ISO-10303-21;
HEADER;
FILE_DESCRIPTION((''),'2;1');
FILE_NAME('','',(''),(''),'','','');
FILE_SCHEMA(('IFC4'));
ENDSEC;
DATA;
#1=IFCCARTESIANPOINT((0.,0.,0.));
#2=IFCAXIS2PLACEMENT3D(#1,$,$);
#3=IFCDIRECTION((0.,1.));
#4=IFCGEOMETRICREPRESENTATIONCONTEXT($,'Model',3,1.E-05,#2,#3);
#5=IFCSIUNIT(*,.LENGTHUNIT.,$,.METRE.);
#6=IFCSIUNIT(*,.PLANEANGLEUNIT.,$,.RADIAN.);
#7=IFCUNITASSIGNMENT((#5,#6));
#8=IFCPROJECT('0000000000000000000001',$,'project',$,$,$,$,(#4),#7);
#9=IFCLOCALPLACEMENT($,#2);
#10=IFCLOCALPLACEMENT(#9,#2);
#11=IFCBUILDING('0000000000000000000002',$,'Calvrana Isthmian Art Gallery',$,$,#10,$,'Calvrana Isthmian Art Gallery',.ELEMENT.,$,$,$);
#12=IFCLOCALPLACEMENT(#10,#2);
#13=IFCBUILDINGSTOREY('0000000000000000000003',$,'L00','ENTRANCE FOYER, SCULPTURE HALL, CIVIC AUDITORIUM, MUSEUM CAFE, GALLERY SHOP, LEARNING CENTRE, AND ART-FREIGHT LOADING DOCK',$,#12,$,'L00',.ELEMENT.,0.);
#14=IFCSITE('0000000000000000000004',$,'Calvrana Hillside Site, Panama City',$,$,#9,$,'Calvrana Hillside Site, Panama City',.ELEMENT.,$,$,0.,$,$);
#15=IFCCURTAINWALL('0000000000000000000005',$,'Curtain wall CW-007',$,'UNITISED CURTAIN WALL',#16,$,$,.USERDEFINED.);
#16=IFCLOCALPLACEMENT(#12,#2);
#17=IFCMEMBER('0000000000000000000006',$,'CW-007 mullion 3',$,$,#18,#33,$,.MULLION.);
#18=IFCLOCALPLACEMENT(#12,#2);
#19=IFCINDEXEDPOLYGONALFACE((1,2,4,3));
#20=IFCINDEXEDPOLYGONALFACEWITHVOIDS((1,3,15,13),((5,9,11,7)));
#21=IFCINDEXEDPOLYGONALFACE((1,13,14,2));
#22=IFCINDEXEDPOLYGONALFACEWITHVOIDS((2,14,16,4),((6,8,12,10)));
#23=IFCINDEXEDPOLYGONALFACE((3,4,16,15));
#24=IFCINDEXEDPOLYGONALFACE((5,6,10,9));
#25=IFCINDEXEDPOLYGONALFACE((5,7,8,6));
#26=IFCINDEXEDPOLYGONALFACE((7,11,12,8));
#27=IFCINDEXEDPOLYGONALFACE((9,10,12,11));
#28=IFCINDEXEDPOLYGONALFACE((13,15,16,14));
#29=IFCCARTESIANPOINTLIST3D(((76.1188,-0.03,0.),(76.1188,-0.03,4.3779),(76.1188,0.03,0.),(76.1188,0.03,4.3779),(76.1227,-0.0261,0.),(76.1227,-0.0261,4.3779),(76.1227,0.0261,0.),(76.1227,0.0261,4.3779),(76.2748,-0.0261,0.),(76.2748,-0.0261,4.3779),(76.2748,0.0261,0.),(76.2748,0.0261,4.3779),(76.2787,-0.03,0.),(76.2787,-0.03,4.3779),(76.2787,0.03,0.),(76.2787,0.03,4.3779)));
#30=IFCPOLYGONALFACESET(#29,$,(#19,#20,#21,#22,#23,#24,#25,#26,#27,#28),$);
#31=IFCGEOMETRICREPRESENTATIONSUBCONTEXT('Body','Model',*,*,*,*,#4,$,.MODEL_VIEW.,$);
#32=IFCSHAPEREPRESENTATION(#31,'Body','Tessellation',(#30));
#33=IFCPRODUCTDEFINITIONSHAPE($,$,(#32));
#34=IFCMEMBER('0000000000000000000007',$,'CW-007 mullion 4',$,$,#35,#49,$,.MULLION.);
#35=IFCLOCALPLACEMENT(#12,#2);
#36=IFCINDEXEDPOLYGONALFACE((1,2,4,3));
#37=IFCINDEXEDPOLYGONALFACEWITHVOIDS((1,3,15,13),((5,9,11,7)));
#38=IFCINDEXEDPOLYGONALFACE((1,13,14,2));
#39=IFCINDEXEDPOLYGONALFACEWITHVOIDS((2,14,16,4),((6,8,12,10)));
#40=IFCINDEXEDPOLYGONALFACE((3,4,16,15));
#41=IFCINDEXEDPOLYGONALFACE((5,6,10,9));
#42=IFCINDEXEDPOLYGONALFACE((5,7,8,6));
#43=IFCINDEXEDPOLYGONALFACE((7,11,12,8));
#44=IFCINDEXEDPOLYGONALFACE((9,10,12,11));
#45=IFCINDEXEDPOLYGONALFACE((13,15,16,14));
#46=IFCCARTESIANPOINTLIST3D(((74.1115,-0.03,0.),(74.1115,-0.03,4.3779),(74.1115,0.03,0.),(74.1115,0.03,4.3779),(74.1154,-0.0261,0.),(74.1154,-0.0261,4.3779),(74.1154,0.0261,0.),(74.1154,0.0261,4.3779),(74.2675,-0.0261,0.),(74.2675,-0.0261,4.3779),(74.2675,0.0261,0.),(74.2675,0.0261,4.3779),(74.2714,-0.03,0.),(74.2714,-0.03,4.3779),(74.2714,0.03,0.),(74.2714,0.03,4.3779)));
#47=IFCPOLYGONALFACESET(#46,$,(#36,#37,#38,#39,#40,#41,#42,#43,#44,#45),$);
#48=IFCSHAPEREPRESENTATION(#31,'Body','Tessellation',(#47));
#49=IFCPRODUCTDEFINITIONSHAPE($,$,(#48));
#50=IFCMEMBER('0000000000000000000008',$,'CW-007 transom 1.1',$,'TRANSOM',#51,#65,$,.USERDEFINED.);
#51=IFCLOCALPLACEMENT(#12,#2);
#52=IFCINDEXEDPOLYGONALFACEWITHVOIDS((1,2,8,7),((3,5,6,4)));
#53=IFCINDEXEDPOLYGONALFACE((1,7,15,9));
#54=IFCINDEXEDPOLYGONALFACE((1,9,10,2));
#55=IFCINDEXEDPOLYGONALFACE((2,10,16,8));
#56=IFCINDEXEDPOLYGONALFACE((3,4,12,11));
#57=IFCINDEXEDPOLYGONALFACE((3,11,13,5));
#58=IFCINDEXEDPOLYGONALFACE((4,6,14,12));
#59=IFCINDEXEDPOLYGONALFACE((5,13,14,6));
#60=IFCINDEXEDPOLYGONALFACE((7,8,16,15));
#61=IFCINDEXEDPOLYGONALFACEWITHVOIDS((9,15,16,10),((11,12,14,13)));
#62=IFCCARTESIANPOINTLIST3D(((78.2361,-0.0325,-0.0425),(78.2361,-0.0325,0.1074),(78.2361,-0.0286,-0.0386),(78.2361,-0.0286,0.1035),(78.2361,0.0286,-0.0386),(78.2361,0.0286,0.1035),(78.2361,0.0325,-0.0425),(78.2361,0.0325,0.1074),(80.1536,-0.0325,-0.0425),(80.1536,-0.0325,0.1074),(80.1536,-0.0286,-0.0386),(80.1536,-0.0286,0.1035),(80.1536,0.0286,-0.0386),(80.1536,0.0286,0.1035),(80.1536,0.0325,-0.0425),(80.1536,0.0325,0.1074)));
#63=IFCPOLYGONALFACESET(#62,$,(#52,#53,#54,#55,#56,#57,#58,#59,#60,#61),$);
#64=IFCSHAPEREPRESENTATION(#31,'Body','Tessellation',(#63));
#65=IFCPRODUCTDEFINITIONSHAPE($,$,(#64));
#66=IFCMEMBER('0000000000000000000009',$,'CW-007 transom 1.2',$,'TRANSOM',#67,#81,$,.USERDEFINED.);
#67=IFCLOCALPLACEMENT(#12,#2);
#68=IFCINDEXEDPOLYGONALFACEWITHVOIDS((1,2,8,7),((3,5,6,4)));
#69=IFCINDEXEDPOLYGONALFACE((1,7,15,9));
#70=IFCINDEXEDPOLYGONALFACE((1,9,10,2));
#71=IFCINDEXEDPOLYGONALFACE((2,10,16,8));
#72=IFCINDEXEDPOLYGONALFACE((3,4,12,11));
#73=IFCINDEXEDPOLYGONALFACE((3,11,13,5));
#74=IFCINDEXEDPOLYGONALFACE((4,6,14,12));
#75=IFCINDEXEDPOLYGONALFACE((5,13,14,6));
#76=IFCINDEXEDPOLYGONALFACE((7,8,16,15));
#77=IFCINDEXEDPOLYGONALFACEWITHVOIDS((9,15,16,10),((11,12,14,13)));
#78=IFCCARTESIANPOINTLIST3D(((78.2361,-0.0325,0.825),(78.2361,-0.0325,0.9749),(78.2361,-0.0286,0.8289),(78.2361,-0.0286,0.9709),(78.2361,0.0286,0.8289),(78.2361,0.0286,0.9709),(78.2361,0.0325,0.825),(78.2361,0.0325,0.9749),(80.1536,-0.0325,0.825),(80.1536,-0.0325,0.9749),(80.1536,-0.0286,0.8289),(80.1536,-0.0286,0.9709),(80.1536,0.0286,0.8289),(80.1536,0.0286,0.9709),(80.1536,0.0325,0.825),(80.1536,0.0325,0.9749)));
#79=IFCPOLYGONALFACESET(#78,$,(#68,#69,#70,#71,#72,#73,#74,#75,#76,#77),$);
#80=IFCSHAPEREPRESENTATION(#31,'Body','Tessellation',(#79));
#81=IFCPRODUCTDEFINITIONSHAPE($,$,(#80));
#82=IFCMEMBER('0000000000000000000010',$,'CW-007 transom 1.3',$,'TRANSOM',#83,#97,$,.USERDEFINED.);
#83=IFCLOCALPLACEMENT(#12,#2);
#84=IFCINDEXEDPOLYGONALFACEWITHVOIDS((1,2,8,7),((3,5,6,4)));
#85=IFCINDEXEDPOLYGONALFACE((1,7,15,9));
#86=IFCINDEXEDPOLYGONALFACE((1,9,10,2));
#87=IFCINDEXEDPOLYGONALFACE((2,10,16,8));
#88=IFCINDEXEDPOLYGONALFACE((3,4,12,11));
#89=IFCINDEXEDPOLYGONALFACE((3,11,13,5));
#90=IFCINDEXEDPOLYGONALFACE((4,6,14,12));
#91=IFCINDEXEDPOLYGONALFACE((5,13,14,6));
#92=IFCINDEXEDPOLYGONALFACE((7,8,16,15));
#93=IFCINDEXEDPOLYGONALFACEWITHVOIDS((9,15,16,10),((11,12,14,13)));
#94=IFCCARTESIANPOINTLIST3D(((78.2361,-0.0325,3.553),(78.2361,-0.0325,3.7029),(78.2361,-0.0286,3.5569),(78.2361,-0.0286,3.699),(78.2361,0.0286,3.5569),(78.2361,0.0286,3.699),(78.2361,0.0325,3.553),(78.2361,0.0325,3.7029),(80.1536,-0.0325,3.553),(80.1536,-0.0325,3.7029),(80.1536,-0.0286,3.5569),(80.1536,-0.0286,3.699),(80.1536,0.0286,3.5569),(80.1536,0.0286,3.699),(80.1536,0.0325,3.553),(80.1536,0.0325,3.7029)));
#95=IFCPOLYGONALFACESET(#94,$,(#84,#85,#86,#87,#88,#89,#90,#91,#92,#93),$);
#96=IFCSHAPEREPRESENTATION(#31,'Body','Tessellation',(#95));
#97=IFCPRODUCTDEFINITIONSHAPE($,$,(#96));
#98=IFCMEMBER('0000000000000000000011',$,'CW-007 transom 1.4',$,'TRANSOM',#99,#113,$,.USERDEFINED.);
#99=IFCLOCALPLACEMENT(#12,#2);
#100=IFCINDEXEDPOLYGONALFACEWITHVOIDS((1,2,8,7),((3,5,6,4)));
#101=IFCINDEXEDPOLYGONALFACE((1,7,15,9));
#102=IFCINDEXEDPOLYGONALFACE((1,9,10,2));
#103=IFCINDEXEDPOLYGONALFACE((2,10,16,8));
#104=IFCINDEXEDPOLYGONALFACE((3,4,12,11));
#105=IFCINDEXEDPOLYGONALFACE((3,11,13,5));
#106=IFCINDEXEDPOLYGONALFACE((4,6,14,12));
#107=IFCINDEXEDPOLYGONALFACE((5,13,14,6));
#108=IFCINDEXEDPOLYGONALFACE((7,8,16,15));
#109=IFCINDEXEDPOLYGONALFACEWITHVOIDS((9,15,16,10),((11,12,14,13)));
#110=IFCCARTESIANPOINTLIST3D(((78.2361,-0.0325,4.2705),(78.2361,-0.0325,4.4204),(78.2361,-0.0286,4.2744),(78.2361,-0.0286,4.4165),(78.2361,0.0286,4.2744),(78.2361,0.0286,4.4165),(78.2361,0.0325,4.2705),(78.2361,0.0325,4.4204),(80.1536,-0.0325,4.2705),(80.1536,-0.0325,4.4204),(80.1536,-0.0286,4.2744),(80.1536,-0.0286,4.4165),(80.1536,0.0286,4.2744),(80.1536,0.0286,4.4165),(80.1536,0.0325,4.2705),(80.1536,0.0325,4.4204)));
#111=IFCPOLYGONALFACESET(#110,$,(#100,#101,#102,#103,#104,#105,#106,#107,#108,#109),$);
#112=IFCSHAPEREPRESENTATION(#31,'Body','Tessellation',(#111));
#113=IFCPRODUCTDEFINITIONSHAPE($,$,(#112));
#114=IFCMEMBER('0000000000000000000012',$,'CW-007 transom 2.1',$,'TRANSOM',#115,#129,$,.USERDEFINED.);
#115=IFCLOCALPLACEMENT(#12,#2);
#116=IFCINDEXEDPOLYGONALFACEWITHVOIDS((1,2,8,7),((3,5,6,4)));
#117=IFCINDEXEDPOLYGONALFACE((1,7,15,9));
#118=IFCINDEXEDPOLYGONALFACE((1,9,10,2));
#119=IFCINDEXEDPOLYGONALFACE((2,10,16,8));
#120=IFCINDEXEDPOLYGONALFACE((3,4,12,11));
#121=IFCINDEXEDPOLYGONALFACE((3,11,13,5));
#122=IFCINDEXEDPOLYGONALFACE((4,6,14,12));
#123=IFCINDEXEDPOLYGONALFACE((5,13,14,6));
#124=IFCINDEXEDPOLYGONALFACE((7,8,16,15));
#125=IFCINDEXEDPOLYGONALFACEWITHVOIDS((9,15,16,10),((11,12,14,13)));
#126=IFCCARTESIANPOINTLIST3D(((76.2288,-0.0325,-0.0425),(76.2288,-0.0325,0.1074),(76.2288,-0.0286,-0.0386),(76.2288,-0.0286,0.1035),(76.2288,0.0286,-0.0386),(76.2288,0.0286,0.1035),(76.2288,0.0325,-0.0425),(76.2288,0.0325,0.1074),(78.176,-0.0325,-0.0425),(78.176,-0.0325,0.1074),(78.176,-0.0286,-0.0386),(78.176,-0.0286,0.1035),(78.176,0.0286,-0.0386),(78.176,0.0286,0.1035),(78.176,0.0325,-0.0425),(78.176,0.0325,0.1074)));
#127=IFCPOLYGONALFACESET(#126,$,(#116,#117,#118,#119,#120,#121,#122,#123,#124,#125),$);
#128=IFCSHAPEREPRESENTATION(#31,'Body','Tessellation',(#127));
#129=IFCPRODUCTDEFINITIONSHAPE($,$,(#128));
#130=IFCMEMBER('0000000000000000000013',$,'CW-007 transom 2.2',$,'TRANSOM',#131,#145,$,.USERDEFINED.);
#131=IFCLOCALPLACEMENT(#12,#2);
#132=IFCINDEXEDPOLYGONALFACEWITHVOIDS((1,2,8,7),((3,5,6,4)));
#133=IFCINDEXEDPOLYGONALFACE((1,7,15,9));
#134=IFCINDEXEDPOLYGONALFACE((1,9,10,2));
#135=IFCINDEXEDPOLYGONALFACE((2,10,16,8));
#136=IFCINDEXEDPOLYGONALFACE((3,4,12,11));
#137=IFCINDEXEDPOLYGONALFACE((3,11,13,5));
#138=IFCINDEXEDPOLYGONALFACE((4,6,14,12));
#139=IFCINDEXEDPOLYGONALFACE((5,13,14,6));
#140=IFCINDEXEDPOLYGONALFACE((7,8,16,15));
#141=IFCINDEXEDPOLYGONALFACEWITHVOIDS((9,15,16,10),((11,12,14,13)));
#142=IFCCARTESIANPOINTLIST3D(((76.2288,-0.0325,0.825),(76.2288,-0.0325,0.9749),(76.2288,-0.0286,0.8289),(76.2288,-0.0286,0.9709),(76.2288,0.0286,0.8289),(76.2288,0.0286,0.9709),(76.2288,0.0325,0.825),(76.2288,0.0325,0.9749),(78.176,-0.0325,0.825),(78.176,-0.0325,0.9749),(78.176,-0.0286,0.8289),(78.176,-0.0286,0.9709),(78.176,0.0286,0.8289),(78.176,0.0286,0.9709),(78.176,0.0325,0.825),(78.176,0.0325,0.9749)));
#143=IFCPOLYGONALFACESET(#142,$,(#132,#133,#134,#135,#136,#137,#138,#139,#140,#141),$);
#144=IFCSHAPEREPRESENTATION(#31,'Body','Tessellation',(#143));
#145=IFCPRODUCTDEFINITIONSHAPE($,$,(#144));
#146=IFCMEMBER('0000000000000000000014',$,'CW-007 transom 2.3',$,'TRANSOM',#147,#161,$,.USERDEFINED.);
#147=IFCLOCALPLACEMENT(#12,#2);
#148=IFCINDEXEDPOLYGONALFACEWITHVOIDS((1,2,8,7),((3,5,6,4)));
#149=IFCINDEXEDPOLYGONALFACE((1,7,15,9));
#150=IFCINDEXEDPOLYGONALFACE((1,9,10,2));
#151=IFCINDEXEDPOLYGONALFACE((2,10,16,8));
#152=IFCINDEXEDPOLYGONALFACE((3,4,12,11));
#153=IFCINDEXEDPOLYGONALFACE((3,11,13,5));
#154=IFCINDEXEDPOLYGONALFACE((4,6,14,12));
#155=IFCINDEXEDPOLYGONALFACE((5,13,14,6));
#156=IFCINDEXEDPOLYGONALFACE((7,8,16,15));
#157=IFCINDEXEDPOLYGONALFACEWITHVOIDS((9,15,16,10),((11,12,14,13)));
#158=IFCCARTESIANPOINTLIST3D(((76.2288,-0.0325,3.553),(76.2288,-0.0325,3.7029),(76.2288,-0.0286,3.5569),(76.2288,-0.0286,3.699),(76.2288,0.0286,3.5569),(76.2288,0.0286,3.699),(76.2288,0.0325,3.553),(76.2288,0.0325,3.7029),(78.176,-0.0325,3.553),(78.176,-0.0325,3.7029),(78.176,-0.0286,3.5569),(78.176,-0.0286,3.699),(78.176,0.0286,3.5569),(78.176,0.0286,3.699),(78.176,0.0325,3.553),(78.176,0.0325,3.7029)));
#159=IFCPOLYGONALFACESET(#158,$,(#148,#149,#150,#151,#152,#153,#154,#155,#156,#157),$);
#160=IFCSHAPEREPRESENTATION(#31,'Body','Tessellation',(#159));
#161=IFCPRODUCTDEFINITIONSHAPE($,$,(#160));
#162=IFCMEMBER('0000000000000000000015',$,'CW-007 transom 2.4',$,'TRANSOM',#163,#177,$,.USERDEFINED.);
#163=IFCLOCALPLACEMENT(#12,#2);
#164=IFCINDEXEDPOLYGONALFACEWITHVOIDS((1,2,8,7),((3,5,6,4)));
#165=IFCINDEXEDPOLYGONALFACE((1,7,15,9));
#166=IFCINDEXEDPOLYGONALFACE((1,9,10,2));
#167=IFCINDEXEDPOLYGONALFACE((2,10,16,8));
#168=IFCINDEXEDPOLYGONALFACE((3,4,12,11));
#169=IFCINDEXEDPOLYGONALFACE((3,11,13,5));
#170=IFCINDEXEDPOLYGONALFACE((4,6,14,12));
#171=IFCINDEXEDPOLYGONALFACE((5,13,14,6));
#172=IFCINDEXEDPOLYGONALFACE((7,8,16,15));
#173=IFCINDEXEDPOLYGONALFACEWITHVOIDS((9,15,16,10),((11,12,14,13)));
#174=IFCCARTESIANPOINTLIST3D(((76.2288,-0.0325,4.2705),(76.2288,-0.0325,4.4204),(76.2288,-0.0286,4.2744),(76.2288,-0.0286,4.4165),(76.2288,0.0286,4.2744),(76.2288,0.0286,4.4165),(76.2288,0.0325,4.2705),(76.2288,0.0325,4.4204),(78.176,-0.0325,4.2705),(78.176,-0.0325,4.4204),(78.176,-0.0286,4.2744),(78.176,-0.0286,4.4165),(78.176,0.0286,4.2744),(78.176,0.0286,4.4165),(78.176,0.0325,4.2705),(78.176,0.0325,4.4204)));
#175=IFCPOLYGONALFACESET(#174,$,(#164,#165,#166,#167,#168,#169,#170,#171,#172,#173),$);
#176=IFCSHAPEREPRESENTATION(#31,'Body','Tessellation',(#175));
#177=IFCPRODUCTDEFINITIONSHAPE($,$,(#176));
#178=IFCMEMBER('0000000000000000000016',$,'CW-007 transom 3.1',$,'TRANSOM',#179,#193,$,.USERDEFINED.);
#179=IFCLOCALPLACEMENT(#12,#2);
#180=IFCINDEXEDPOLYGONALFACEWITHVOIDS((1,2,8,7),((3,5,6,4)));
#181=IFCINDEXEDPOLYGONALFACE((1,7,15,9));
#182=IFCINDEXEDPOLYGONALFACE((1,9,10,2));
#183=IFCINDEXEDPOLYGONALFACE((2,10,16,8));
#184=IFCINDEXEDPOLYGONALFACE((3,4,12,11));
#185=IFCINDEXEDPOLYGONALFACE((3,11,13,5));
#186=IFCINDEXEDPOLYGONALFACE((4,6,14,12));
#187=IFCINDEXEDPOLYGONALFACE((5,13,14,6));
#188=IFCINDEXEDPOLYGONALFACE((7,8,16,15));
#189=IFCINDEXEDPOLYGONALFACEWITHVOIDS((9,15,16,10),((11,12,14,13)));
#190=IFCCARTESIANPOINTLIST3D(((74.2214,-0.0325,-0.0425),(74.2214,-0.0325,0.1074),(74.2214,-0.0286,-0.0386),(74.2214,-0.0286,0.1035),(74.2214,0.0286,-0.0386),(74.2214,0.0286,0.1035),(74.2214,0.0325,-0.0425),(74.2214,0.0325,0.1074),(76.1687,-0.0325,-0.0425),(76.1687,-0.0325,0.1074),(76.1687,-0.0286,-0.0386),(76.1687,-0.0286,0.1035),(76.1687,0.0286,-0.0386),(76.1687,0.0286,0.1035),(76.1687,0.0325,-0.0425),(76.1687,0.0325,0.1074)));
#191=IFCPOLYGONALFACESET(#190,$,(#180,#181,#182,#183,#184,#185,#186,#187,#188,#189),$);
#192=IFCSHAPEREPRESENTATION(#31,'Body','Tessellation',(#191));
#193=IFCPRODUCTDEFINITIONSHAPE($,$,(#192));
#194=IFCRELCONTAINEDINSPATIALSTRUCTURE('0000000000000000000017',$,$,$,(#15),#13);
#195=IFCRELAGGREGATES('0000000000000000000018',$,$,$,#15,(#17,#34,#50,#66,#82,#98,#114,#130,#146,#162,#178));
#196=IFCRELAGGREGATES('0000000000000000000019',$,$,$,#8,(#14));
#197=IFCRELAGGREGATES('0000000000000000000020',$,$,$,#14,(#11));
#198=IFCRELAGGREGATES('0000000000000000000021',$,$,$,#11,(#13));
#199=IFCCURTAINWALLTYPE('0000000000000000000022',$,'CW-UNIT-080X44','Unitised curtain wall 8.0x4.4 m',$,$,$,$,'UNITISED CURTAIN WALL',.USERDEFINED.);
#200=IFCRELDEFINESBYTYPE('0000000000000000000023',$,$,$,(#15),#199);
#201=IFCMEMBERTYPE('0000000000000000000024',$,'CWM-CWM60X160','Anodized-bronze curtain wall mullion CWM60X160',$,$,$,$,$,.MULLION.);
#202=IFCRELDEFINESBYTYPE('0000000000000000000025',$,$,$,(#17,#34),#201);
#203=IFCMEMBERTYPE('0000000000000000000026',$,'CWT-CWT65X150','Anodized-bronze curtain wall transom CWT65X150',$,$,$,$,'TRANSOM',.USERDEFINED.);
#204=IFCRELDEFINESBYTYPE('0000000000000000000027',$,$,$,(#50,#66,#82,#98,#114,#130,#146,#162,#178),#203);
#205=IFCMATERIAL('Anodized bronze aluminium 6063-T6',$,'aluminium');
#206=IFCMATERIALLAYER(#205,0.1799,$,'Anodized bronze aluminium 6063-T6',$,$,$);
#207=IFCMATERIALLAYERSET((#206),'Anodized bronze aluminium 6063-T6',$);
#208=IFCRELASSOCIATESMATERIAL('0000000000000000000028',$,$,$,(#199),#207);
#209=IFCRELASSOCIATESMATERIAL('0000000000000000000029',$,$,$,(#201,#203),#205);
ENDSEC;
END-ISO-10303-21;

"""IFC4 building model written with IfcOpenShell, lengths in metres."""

from ifc_helpers import new_model, si_unit, direction, frame, origin, origin_2d, place, context, subcontext, project, spatial, hollow_rectangle, extrude, material, layer, layer_set, material_profile, profile_set, type_object, element, aggregate, save


model = new_model("IFC4")

# Units and contexts
model_context = context("Model", 3, precision=1e-05, world=origin(), true_north=direction((0.0, 1.0)))
body_context = subcontext(model_context, "Body", "Model", "MODEL_VIEW")
ifc_project = project(units=[si_unit("LENGTHUNIT", "METRE"), si_unit("PLANEANGLEUNIT", "RADIAN")], contexts=[model_context])

# Site, building, storey
site_placement = place(None, origin())
site = spatial("IfcSite", under=ifc_project, at=site_placement, Name="Calvrana Hillside Site, Panama City", LongName="Calvrana Hillside Site, Panama City", CompositionType="ELEMENT", RefElevation=0.0)
building_placement = place(site_placement, origin())
building = spatial("IfcBuilding", under=site, at=building_placement, Name="Calvrana Isthmian Art Gallery", LongName="Calvrana Isthmian Art Gallery", CompositionType="ELEMENT")
storey_placement = place(building_placement, origin())
storey = spatial("IfcBuildingStorey", under=building, at=storey_placement, Name="L00", Description="ENTRANCE FOYER, SCULPTURE HALL, CIVIC AUDITORIUM, MUSEUM CAFE, GALLERY SHOP, LEARNING CENTRE, AND ART-FREIGHT LOADING DOCK", LongName="L00", CompositionType="ELEMENT", Elevation=0.0)

# Curtain wall, members
ifc_material_1 = material(Name="Anodized bronze aluminium 6063-T6", Category="aluminium")
ifc_layer_1 = layer(ifc_material_1, 0.1799, Name="Anodized bronze aluminium 6063-T6")
ifc_layer_set_1 = layer_set([ifc_layer_1], Name="Anodized bronze aluminium 6063-T6")
curtain_wall_type = type_object("IfcCurtainWallType", Name="CW-UNIT-080X44", Description="Unitised curtain wall 8.0x4.4 m", ElementType="UNITISED CURTAIN WALL", PredefinedType="USERDEFINED", material=ifc_layer_set_1)
curtain_wall_placement = place(storey_placement, origin())
curtain_wall = element("IfcCurtainWall", 1, at=curtain_wall_placement, inside=storey, type_object=curtain_wall_type, Name="Curtain wall CW-007", ObjectType="UNITISED CURTAIN WALL", PredefinedType="USERDEFINED")
ifc_material_profile_1 = material_profile(ifc_material_1, hollow_rectangle(XDim=0.0601, YDim=0.1599, WallThickness=0.0039, at=origin_2d()), Name="CWM60X160")
ifc_profile_set_1 = profile_set([ifc_material_profile_1], Name="Anodized bronze aluminium 6063-T6")
member_type_1 = type_object("IfcMemberType", Name="CWM-CWM60X160", Description="Anodized-bronze curtain wall mullion CWM60X160", PredefinedType="MULLION", material=ifc_profile_set_1)
member_1_placement = place(storey_placement, frame((76.1987, 0.0, 0.0), z_axis=(0.0, 0.0, 1.0), x_axis=(0.0, -1.0, 0.0)))
member_1 = element("IfcMember", 2, at=member_1_placement, type_object=member_type_1, Name="CW-007 mullion 3", PredefinedType="MULLION", context=body_context, shape_type="SweptSolid", body=[
    extrude(hollow_rectangle(XDim=0.0601, YDim=0.1599, WallThickness=0.0039, at=origin_2d()), origin(), (0.0, 0.0, 1.0), 4.3779),
])
member_2_placement = place(storey_placement, frame((74.1914, 0.0, 0.0), z_axis=(0.0, 0.0, 1.0), x_axis=(0.0, -1.0, 0.0)))
member_2 = element("IfcMember", 3, at=member_2_placement, type_object=member_type_1, Name="CW-007 mullion 4", PredefinedType="MULLION", context=body_context, shape_type="SweptSolid", body=[
    extrude(hollow_rectangle(XDim=0.0601, YDim=0.1599, WallThickness=0.0039, at=origin_2d()), origin(), (0.0, 0.0, 1.0), 4.3779),
])
ifc_material_profile_2 = material_profile(ifc_material_1, hollow_rectangle(XDim=0.0649, YDim=0.1499, WallThickness=0.0039, at=origin_2d()), Name="CWT65X150")
ifc_profile_set_2 = profile_set([ifc_material_profile_2], Name="Anodized bronze aluminium 6063-T6")
member_type_2 = type_object("IfcMemberType", Name="CWT-CWT65X150", Description="Anodized-bronze curtain wall transom CWT65X150", ElementType="TRANSOM", PredefinedType="USERDEFINED", material=ifc_profile_set_2)
member_3_placement = place(storey_placement, frame((80.1536, 0.0, 0.0325), z_axis=(-1.0, 0.0, 0.0), x_axis=(0.0, -1.0, 0.0)))
member_3 = element("IfcMember", 4, at=member_3_placement, type_object=member_type_2, Name="CW-007 transom 1.1", ObjectType="TRANSOM", PredefinedType="USERDEFINED", context=body_context, shape_type="SweptSolid", body=[
    extrude(hollow_rectangle(XDim=0.0649, YDim=0.1499, WallThickness=0.0039, at=origin_2d()), origin(), (0.0, 0.0, 1.0), 1.9175),
])
member_4_placement = place(storey_placement, frame((80.1536, 0.0, 0.8999), z_axis=(-1.0, 0.0, 0.0), x_axis=(0.0, -1.0, 0.0)))
member_4 = element("IfcMember", 5, at=member_4_placement, type_object=member_type_2, Name="CW-007 transom 1.2", ObjectType="TRANSOM", PredefinedType="USERDEFINED", context=body_context, shape_type="SweptSolid", body=[
    extrude(hollow_rectangle(XDim=0.0649, YDim=0.1499, WallThickness=0.0039, at=origin_2d()), origin(), (0.0, 0.0, 1.0), 1.9175),
])
member_5_placement = place(storey_placement, frame((80.1536, 0.0, 3.6279), z_axis=(-1.0, 0.0, 0.0), x_axis=(0.0, -1.0, 0.0)))
member_5 = element("IfcMember", 6, at=member_5_placement, type_object=member_type_2, Name="CW-007 transom 1.3", ObjectType="TRANSOM", PredefinedType="USERDEFINED", context=body_context, shape_type="SweptSolid", body=[
    extrude(hollow_rectangle(XDim=0.0649, YDim=0.1499, WallThickness=0.0039, at=origin_2d()), origin(), (0.0, 0.0, 1.0), 1.9175),
])
member_6_placement = place(storey_placement, frame((80.1536, 0.0, 4.3455), z_axis=(-1.0, 0.0, 0.0), x_axis=(0.0, -1.0, 0.0)))
member_6 = element("IfcMember", 7, at=member_6_placement, type_object=member_type_2, Name="CW-007 transom 1.4", ObjectType="TRANSOM", PredefinedType="USERDEFINED", context=body_context, shape_type="SweptSolid", body=[
    extrude(hollow_rectangle(XDim=0.0649, YDim=0.1499, WallThickness=0.0039, at=origin_2d()), origin(), (0.0, 0.0, 1.0), 1.9175),
])
member_7_placement = place(storey_placement, frame((78.176, 0.0, 0.0325), z_axis=(-1.0, 0.0, 0.0), x_axis=(0.0, -1.0, 0.0)))
member_7 = element("IfcMember", 8, at=member_7_placement, type_object=member_type_2, Name="CW-007 transom 2.1", ObjectType="TRANSOM", PredefinedType="USERDEFINED", context=body_context, shape_type="SweptSolid", body=[
    extrude(hollow_rectangle(XDim=0.0649, YDim=0.1499, WallThickness=0.0039, at=origin_2d()), origin(), (0.0, 0.0, 1.0), 1.9473),
])
member_8_placement = place(storey_placement, frame((78.176, 0.0, 0.8999), z_axis=(-1.0, 0.0, 0.0), x_axis=(0.0, -1.0, 0.0)))
member_8 = element("IfcMember", 9, at=member_8_placement, type_object=member_type_2, Name="CW-007 transom 2.2", ObjectType="TRANSOM", PredefinedType="USERDEFINED", context=body_context, shape_type="SweptSolid", body=[
    extrude(hollow_rectangle(XDim=0.0649, YDim=0.1499, WallThickness=0.0039, at=origin_2d()), origin(), (0.0, 0.0, 1.0), 1.9473),
])
member_9_placement = place(storey_placement, frame((78.176, 0.0, 3.6279), z_axis=(-1.0, 0.0, 0.0), x_axis=(0.0, -1.0, 0.0)))
member_9 = element("IfcMember", 10, at=member_9_placement, type_object=member_type_2, Name="CW-007 transom 2.3", ObjectType="TRANSOM", PredefinedType="USERDEFINED", context=body_context, shape_type="SweptSolid", body=[
    extrude(hollow_rectangle(XDim=0.0649, YDim=0.1499, WallThickness=0.0039, at=origin_2d()), origin(), (0.0, 0.0, 1.0), 1.9473),
])
member_10_placement = place(storey_placement, frame((78.176, 0.0, 4.3455), z_axis=(-1.0, 0.0, 0.0), x_axis=(0.0, -1.0, 0.0)))
member_10 = element("IfcMember", 11, at=member_10_placement, type_object=member_type_2, Name="CW-007 transom 2.4", ObjectType="TRANSOM", PredefinedType="USERDEFINED", context=body_context, shape_type="SweptSolid", body=[
    extrude(hollow_rectangle(XDim=0.0649, YDim=0.1499, WallThickness=0.0039, at=origin_2d()), origin(), (0.0, 0.0, 1.0), 1.9473),
])
member_11_placement = place(storey_placement, frame((76.1687, 0.0, 0.0325), z_axis=(-1.0, 0.0, 0.0), x_axis=(0.0, -1.0, 0.0)))
member_11 = element("IfcMember", 12, at=member_11_placement, type_object=member_type_2, Name="CW-007 transom 3.1", ObjectType="TRANSOM", PredefinedType="USERDEFINED", context=body_context, shape_type="SweptSolid", body=[
    extrude(hollow_rectangle(XDim=0.0649, YDim=0.1499, WallThickness=0.0039, at=origin_2d()), origin(), (0.0, 0.0, 1.0), 1.9473),
])
aggregate(curtain_wall, [member_1, member_2, member_3, member_4, member_5, member_6, member_7, member_8, member_9, member_10, member_11])

save(model, "model.ifc")
